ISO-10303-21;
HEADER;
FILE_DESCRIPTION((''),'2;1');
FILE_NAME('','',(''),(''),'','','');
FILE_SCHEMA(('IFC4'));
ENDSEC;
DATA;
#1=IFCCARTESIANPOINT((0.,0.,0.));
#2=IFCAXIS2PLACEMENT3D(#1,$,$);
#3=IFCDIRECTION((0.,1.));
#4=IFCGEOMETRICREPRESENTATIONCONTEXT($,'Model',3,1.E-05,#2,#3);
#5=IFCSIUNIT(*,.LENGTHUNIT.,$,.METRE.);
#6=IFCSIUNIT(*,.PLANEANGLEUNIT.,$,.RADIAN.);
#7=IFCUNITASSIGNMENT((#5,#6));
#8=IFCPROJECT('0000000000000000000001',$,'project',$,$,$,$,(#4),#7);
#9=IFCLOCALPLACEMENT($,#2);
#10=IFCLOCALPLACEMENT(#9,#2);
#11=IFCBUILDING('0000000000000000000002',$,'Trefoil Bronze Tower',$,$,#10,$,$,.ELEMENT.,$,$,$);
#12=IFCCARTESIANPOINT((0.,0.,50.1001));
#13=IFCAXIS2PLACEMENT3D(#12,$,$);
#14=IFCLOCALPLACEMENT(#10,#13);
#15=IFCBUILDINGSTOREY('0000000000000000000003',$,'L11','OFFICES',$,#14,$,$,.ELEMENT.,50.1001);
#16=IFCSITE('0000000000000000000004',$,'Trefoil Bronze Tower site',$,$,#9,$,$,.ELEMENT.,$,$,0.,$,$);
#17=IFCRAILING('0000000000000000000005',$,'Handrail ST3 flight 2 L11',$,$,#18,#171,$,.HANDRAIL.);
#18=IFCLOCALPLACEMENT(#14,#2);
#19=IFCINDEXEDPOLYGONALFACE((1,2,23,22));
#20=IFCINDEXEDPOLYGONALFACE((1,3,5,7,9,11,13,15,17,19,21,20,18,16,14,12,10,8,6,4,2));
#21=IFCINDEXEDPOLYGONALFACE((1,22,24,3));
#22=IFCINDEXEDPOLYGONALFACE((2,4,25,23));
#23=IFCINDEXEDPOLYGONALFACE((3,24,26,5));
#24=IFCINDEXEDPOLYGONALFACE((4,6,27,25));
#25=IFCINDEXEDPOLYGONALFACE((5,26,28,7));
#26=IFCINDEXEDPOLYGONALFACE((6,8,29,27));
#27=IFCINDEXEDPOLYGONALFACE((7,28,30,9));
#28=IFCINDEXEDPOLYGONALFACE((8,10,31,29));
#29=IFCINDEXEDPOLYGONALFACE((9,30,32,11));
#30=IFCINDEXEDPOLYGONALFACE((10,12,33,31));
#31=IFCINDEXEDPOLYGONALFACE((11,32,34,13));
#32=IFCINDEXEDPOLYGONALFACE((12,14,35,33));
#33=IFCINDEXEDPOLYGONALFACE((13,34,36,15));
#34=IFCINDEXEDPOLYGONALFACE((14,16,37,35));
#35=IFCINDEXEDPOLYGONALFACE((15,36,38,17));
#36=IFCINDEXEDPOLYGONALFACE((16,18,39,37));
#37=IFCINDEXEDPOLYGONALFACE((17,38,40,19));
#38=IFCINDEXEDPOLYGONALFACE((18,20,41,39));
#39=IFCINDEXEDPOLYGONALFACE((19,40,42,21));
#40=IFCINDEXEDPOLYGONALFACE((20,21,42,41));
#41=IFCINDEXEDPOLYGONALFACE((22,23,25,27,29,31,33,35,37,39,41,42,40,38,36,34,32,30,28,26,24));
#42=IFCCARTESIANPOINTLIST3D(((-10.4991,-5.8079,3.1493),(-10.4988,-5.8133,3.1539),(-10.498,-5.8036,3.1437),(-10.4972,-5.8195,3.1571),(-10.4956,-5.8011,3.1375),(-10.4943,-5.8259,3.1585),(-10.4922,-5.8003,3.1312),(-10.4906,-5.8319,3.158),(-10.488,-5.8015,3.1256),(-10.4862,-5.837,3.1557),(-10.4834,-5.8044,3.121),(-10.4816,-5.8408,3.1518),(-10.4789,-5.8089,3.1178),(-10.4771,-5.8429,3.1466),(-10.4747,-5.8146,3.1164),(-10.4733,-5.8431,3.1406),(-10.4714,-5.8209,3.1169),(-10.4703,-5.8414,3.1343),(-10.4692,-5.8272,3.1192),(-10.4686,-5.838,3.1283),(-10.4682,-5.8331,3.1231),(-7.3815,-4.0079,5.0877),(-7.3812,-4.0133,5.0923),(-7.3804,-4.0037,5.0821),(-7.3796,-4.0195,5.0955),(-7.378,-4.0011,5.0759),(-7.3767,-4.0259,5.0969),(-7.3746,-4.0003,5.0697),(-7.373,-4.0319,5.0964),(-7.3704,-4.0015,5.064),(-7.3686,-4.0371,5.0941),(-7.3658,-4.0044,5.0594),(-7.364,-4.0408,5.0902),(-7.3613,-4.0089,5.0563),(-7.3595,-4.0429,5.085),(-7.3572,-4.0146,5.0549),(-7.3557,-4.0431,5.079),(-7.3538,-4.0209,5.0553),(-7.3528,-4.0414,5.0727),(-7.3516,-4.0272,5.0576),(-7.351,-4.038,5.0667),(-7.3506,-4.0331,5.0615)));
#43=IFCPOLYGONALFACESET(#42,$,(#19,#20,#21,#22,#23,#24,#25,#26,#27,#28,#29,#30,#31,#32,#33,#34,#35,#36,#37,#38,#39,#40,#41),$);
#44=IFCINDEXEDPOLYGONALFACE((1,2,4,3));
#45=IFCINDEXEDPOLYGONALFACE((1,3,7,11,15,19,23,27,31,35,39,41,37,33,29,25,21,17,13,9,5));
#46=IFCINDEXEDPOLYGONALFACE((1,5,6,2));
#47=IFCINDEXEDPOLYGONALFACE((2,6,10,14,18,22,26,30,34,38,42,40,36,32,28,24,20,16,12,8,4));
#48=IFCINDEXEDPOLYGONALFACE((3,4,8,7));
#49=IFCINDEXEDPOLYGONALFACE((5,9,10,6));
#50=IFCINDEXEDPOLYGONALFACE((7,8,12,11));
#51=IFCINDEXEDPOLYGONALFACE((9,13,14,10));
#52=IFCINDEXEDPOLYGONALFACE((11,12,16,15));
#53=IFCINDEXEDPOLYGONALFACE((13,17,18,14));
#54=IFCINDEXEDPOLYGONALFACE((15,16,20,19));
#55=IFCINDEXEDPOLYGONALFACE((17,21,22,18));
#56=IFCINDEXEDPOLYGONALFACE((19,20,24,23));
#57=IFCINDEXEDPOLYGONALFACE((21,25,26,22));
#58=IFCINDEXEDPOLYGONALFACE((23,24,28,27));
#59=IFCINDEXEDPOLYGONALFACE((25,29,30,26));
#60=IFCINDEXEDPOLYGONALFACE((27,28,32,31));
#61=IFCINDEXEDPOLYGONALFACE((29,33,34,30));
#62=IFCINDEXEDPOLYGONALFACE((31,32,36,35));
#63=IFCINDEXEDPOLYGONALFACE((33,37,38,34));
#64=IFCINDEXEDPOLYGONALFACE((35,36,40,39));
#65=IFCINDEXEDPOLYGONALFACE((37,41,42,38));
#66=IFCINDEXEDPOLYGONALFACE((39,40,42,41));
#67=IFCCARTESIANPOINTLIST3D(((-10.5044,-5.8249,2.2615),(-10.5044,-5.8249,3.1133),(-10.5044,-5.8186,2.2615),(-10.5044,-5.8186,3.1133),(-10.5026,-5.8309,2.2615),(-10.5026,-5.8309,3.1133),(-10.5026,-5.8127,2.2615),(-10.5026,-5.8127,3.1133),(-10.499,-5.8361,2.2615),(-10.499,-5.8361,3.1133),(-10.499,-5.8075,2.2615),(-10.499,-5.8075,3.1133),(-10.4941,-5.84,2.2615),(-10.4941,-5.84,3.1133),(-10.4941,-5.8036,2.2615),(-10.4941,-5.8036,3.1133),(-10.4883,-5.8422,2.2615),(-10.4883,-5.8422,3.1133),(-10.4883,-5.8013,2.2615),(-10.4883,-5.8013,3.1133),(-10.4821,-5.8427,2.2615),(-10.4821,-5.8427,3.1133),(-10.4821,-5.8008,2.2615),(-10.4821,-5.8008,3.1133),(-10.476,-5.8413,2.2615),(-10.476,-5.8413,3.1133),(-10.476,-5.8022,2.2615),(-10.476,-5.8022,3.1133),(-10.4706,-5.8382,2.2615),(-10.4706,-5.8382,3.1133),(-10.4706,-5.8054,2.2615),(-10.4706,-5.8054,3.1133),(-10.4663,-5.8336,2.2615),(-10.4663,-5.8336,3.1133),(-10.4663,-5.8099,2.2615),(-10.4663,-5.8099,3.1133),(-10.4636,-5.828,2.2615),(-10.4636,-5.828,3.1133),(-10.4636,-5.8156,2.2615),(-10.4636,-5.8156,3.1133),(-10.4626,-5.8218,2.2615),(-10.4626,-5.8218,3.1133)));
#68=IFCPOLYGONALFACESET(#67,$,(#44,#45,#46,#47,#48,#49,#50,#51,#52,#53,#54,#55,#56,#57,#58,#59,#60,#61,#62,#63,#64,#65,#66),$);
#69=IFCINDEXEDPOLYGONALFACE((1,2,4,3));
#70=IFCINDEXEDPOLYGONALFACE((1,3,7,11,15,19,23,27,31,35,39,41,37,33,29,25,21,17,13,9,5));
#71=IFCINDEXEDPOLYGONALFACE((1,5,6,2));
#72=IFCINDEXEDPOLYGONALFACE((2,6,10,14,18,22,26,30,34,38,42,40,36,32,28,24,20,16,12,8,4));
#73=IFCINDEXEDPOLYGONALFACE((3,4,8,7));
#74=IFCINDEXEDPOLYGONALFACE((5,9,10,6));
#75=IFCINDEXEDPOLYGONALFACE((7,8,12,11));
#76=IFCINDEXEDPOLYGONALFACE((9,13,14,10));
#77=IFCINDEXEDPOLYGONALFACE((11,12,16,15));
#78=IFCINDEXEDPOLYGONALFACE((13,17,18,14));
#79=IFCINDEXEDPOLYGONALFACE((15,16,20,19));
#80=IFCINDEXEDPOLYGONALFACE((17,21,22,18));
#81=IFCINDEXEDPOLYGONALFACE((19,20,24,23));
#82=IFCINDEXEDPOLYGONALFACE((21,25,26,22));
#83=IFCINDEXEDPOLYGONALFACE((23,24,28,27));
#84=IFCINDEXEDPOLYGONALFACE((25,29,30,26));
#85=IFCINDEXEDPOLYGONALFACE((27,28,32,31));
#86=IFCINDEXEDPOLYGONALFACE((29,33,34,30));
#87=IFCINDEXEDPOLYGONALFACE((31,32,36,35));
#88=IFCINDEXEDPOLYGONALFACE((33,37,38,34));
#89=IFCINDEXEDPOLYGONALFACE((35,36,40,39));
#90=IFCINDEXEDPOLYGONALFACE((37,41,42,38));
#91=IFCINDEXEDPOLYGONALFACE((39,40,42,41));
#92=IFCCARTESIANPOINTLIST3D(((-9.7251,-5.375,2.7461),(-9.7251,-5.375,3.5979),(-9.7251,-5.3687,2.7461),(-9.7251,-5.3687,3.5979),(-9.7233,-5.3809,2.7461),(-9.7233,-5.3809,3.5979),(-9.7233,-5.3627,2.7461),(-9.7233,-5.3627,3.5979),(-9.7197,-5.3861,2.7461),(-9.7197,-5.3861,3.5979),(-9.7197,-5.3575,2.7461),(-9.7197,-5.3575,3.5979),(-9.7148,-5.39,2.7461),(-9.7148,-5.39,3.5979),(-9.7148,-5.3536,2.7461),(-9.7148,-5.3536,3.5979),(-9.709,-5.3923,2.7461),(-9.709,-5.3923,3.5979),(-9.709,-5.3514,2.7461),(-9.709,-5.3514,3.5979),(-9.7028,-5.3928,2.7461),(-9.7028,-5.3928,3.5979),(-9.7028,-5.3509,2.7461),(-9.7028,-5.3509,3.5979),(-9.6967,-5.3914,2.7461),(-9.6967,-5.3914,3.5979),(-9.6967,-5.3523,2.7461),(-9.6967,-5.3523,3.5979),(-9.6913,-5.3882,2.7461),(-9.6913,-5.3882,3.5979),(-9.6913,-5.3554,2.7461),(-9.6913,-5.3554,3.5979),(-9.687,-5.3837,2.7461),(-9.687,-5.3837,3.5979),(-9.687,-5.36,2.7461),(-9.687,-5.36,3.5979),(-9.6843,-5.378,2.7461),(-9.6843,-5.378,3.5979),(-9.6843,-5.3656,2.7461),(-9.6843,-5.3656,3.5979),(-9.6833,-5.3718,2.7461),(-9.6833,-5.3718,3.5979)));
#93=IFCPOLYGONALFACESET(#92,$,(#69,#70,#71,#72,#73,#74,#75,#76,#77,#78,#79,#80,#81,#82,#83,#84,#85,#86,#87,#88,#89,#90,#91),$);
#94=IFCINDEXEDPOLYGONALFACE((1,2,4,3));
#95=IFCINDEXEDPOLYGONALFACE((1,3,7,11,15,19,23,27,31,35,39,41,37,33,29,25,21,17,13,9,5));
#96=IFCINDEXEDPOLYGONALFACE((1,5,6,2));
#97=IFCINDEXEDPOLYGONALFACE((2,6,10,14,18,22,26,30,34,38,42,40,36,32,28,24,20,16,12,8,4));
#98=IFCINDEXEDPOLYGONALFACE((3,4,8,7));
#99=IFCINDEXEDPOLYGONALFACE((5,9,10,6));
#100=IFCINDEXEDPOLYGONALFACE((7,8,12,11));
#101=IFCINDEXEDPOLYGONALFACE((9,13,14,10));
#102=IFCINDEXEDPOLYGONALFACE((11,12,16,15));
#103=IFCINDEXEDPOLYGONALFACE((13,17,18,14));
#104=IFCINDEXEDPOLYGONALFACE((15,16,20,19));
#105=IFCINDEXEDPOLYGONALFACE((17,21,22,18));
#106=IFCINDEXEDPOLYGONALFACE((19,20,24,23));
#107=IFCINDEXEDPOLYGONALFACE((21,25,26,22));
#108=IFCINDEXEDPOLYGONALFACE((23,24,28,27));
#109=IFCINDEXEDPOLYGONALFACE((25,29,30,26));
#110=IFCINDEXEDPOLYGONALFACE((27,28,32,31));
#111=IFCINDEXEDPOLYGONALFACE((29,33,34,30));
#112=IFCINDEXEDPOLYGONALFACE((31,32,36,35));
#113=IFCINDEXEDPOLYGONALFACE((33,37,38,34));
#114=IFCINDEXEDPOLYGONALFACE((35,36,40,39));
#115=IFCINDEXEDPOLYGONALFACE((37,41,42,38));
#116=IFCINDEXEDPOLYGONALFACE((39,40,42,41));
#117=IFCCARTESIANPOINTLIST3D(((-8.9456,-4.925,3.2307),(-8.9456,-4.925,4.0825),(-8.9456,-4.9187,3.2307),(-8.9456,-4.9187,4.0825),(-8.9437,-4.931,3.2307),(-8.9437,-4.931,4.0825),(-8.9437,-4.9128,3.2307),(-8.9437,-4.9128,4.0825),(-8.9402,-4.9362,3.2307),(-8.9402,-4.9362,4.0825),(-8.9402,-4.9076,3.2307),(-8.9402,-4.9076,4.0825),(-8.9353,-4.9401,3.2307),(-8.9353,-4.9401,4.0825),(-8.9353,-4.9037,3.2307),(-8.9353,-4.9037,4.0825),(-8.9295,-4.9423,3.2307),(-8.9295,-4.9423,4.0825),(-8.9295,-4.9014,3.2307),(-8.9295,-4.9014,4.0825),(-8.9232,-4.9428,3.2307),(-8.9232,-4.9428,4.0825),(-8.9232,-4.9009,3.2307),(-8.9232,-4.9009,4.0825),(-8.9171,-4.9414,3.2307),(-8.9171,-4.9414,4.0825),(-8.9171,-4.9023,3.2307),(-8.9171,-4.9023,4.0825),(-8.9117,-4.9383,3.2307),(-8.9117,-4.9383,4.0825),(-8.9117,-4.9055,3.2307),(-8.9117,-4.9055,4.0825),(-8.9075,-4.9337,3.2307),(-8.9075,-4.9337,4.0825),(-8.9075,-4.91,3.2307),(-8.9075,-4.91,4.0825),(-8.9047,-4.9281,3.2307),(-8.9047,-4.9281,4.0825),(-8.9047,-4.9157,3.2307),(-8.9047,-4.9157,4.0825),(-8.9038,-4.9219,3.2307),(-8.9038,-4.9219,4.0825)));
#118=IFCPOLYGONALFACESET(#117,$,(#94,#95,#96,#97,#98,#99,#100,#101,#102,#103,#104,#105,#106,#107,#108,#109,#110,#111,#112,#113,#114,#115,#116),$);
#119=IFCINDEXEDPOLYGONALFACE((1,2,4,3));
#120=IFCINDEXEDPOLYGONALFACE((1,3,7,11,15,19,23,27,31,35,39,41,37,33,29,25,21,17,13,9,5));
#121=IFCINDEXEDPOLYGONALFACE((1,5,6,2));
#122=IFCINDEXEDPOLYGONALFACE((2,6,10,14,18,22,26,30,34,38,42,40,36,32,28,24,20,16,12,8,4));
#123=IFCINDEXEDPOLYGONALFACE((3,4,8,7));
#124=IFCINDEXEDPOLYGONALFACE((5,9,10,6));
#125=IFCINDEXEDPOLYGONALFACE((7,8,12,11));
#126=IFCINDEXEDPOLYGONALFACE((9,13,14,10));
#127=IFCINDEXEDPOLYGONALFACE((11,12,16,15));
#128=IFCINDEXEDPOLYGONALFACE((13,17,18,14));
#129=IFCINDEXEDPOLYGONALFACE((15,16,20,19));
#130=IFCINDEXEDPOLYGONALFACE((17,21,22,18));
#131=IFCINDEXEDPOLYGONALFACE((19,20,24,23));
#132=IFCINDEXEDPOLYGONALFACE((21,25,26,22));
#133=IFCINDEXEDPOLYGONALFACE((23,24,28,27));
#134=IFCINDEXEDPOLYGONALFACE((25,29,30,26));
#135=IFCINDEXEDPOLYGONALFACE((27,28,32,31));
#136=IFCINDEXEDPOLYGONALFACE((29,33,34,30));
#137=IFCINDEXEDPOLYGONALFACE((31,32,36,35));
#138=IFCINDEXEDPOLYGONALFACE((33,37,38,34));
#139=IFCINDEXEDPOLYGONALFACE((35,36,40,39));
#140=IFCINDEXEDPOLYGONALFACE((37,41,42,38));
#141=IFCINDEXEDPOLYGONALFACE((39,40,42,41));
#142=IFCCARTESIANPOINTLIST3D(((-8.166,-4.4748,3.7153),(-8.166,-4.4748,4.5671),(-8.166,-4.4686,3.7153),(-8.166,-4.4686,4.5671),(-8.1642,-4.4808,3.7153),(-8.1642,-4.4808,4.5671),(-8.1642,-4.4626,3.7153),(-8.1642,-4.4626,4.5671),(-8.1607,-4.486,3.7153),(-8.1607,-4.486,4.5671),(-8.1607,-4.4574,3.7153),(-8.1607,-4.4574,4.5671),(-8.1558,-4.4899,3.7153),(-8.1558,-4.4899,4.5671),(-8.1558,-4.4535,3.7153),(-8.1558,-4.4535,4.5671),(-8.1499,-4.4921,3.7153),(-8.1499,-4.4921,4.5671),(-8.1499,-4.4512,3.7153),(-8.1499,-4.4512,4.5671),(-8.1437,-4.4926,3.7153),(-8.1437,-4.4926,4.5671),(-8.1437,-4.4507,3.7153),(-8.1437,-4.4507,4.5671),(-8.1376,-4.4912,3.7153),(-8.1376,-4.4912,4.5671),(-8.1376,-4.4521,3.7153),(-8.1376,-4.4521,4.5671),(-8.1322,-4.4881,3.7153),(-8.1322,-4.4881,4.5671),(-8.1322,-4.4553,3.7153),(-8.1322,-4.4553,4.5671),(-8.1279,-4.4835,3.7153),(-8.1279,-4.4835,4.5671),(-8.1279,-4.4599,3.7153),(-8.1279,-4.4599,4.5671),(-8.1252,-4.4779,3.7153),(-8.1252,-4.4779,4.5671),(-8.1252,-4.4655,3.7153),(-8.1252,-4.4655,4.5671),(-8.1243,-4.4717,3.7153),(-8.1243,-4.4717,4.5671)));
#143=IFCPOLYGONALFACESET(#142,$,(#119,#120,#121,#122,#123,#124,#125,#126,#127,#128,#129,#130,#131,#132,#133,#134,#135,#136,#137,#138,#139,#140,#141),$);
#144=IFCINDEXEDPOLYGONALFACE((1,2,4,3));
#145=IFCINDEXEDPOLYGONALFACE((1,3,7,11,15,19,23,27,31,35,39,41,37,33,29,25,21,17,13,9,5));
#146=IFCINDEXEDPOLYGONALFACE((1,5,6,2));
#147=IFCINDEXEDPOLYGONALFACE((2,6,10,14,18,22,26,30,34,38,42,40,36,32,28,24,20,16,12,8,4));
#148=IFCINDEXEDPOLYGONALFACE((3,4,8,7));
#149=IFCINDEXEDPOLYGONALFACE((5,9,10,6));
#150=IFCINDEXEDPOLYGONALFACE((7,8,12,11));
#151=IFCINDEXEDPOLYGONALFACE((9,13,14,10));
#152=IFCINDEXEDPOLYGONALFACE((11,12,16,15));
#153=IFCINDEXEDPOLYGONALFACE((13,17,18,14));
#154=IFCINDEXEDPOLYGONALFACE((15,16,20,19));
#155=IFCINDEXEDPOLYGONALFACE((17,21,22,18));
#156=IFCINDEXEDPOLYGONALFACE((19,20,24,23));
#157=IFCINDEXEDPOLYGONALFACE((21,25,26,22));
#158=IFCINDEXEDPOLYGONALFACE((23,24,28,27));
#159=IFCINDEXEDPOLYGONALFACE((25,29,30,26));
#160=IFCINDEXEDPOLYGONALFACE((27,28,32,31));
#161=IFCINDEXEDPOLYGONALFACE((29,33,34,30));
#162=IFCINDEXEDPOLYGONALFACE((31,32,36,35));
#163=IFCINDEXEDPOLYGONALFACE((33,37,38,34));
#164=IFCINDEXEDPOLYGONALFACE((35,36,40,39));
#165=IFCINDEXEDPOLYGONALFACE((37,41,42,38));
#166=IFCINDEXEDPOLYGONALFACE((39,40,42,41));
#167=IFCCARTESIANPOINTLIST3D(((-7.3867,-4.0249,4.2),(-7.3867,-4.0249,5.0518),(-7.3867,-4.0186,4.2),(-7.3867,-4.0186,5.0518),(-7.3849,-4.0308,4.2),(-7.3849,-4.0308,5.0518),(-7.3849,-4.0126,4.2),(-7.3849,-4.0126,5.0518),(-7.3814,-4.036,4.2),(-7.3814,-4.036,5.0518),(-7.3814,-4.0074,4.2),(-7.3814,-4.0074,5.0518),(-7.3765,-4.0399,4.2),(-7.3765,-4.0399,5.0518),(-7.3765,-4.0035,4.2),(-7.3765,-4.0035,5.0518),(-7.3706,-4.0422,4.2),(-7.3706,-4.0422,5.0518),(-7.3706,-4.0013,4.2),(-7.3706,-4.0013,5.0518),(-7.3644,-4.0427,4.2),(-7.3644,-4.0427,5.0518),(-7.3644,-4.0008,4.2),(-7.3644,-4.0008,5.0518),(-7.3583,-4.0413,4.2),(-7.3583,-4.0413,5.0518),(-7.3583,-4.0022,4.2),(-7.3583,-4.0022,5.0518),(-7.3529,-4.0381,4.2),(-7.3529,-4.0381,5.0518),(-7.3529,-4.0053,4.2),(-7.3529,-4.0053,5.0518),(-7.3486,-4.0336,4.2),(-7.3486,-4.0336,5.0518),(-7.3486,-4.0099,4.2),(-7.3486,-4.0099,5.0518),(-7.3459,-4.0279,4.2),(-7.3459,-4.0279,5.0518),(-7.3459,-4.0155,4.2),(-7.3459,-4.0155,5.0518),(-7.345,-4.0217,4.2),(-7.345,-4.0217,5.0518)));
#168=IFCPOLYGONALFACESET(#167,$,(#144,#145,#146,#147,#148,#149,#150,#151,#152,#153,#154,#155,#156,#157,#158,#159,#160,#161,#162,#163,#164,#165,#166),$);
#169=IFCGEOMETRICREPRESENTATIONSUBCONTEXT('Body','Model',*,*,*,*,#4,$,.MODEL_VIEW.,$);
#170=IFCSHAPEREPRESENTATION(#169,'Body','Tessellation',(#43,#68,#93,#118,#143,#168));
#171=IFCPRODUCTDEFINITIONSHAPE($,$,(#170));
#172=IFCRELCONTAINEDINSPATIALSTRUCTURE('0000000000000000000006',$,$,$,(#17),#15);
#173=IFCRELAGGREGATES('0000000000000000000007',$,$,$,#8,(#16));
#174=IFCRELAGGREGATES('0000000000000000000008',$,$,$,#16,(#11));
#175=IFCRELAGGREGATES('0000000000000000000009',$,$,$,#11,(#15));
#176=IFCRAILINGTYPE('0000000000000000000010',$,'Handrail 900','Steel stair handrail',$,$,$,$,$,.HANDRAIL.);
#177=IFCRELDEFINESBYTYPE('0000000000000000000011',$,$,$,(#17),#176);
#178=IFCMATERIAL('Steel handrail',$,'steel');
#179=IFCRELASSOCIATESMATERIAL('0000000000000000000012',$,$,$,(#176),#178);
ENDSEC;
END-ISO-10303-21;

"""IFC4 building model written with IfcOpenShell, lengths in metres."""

from ifc_helpers import new_model, si_unit, direction, frame, origin, origin_2d, place, context, subcontext, project, spatial, circle, extrude, material, type_object, element, save


model = new_model("IFC4")

# Units and contexts
model_context = context("Model", 3, precision=1e-05, world=origin(), true_north=direction((0.0, 1.0)))
body_context = subcontext(model_context, "Body", "Model", "MODEL_VIEW")
ifc_project = project(units=[si_unit("LENGTHUNIT", "METRE"), si_unit("PLANEANGLEUNIT", "RADIAN")], contexts=[model_context])

# Site, building, storey
site_placement = place(None, origin())
site = spatial("IfcSite", under=ifc_project, at=site_placement, Name="Trefoil Bronze Tower site", CompositionType="ELEMENT", RefElevation=0.0)
building_placement = place(site_placement, origin())
building = spatial("IfcBuilding", under=site, at=building_placement, Name="Trefoil Bronze Tower", CompositionType="ELEMENT")
storey_placement = place(building_placement, frame((0.0, 0.0, 50.1001)))
storey = spatial("IfcBuildingStorey", under=building, at=storey_placement, Name="L11", Description="OFFICES", CompositionType="ELEMENT", Elevation=50.1001)

# Railing
ifc_material_1 = material(Name="Steel handrail", Category="steel")
railing_type = type_object("IfcRailingType", Name="Handrail 900", Description="Steel stair handrail", PredefinedType="HANDRAIL", material=ifc_material_1)
railing_1_placement = place(storey_placement, frame((-10.4836, -5.8218, 2.2615)))
element("IfcRailing", 1, at=railing_1_placement, inside=storey, type_object=railing_type, Name="Handrail ST3 flight 2 L11", PredefinedType="HANDRAIL", context=body_context, shape_type="SweptSolid", body=[
    extrude(circle(Radius=0.0239, at=origin_2d()), frame((0.0, 0.0, 0.876), z_axis=(0.762503, 0.440246, 0.474102), x_axis=(-0.500012, 0.866018, 0.0)), (0.0, 0.0, 1.0), 4.0886),
    extrude(circle(Radius=0.021, at=origin_2d()), origin(), (0.0, 0.0, 1.0), 0.8518),
    extrude(circle(Radius=0.021, at=origin_2d()), frame((0.7793, 0.45, 0.4846)), (0.0, 0.0, 1.0), 0.8518),
    extrude(circle(Radius=0.021, at=origin_2d()), frame((1.5588, 0.8999, 0.9692)), (0.0, 0.0, 1.0), 0.8518),
    extrude(circle(Radius=0.021, at=origin_2d()), frame((2.3384, 1.3501, 1.4539)), (0.0, 0.0, 1.0), 0.8518),
    extrude(circle(Radius=0.021, at=origin_2d()), frame((3.1177, 1.8, 1.9385)), (0.0, 0.0, 1.0), 0.8518),
])

save(model, "model.ifc")
